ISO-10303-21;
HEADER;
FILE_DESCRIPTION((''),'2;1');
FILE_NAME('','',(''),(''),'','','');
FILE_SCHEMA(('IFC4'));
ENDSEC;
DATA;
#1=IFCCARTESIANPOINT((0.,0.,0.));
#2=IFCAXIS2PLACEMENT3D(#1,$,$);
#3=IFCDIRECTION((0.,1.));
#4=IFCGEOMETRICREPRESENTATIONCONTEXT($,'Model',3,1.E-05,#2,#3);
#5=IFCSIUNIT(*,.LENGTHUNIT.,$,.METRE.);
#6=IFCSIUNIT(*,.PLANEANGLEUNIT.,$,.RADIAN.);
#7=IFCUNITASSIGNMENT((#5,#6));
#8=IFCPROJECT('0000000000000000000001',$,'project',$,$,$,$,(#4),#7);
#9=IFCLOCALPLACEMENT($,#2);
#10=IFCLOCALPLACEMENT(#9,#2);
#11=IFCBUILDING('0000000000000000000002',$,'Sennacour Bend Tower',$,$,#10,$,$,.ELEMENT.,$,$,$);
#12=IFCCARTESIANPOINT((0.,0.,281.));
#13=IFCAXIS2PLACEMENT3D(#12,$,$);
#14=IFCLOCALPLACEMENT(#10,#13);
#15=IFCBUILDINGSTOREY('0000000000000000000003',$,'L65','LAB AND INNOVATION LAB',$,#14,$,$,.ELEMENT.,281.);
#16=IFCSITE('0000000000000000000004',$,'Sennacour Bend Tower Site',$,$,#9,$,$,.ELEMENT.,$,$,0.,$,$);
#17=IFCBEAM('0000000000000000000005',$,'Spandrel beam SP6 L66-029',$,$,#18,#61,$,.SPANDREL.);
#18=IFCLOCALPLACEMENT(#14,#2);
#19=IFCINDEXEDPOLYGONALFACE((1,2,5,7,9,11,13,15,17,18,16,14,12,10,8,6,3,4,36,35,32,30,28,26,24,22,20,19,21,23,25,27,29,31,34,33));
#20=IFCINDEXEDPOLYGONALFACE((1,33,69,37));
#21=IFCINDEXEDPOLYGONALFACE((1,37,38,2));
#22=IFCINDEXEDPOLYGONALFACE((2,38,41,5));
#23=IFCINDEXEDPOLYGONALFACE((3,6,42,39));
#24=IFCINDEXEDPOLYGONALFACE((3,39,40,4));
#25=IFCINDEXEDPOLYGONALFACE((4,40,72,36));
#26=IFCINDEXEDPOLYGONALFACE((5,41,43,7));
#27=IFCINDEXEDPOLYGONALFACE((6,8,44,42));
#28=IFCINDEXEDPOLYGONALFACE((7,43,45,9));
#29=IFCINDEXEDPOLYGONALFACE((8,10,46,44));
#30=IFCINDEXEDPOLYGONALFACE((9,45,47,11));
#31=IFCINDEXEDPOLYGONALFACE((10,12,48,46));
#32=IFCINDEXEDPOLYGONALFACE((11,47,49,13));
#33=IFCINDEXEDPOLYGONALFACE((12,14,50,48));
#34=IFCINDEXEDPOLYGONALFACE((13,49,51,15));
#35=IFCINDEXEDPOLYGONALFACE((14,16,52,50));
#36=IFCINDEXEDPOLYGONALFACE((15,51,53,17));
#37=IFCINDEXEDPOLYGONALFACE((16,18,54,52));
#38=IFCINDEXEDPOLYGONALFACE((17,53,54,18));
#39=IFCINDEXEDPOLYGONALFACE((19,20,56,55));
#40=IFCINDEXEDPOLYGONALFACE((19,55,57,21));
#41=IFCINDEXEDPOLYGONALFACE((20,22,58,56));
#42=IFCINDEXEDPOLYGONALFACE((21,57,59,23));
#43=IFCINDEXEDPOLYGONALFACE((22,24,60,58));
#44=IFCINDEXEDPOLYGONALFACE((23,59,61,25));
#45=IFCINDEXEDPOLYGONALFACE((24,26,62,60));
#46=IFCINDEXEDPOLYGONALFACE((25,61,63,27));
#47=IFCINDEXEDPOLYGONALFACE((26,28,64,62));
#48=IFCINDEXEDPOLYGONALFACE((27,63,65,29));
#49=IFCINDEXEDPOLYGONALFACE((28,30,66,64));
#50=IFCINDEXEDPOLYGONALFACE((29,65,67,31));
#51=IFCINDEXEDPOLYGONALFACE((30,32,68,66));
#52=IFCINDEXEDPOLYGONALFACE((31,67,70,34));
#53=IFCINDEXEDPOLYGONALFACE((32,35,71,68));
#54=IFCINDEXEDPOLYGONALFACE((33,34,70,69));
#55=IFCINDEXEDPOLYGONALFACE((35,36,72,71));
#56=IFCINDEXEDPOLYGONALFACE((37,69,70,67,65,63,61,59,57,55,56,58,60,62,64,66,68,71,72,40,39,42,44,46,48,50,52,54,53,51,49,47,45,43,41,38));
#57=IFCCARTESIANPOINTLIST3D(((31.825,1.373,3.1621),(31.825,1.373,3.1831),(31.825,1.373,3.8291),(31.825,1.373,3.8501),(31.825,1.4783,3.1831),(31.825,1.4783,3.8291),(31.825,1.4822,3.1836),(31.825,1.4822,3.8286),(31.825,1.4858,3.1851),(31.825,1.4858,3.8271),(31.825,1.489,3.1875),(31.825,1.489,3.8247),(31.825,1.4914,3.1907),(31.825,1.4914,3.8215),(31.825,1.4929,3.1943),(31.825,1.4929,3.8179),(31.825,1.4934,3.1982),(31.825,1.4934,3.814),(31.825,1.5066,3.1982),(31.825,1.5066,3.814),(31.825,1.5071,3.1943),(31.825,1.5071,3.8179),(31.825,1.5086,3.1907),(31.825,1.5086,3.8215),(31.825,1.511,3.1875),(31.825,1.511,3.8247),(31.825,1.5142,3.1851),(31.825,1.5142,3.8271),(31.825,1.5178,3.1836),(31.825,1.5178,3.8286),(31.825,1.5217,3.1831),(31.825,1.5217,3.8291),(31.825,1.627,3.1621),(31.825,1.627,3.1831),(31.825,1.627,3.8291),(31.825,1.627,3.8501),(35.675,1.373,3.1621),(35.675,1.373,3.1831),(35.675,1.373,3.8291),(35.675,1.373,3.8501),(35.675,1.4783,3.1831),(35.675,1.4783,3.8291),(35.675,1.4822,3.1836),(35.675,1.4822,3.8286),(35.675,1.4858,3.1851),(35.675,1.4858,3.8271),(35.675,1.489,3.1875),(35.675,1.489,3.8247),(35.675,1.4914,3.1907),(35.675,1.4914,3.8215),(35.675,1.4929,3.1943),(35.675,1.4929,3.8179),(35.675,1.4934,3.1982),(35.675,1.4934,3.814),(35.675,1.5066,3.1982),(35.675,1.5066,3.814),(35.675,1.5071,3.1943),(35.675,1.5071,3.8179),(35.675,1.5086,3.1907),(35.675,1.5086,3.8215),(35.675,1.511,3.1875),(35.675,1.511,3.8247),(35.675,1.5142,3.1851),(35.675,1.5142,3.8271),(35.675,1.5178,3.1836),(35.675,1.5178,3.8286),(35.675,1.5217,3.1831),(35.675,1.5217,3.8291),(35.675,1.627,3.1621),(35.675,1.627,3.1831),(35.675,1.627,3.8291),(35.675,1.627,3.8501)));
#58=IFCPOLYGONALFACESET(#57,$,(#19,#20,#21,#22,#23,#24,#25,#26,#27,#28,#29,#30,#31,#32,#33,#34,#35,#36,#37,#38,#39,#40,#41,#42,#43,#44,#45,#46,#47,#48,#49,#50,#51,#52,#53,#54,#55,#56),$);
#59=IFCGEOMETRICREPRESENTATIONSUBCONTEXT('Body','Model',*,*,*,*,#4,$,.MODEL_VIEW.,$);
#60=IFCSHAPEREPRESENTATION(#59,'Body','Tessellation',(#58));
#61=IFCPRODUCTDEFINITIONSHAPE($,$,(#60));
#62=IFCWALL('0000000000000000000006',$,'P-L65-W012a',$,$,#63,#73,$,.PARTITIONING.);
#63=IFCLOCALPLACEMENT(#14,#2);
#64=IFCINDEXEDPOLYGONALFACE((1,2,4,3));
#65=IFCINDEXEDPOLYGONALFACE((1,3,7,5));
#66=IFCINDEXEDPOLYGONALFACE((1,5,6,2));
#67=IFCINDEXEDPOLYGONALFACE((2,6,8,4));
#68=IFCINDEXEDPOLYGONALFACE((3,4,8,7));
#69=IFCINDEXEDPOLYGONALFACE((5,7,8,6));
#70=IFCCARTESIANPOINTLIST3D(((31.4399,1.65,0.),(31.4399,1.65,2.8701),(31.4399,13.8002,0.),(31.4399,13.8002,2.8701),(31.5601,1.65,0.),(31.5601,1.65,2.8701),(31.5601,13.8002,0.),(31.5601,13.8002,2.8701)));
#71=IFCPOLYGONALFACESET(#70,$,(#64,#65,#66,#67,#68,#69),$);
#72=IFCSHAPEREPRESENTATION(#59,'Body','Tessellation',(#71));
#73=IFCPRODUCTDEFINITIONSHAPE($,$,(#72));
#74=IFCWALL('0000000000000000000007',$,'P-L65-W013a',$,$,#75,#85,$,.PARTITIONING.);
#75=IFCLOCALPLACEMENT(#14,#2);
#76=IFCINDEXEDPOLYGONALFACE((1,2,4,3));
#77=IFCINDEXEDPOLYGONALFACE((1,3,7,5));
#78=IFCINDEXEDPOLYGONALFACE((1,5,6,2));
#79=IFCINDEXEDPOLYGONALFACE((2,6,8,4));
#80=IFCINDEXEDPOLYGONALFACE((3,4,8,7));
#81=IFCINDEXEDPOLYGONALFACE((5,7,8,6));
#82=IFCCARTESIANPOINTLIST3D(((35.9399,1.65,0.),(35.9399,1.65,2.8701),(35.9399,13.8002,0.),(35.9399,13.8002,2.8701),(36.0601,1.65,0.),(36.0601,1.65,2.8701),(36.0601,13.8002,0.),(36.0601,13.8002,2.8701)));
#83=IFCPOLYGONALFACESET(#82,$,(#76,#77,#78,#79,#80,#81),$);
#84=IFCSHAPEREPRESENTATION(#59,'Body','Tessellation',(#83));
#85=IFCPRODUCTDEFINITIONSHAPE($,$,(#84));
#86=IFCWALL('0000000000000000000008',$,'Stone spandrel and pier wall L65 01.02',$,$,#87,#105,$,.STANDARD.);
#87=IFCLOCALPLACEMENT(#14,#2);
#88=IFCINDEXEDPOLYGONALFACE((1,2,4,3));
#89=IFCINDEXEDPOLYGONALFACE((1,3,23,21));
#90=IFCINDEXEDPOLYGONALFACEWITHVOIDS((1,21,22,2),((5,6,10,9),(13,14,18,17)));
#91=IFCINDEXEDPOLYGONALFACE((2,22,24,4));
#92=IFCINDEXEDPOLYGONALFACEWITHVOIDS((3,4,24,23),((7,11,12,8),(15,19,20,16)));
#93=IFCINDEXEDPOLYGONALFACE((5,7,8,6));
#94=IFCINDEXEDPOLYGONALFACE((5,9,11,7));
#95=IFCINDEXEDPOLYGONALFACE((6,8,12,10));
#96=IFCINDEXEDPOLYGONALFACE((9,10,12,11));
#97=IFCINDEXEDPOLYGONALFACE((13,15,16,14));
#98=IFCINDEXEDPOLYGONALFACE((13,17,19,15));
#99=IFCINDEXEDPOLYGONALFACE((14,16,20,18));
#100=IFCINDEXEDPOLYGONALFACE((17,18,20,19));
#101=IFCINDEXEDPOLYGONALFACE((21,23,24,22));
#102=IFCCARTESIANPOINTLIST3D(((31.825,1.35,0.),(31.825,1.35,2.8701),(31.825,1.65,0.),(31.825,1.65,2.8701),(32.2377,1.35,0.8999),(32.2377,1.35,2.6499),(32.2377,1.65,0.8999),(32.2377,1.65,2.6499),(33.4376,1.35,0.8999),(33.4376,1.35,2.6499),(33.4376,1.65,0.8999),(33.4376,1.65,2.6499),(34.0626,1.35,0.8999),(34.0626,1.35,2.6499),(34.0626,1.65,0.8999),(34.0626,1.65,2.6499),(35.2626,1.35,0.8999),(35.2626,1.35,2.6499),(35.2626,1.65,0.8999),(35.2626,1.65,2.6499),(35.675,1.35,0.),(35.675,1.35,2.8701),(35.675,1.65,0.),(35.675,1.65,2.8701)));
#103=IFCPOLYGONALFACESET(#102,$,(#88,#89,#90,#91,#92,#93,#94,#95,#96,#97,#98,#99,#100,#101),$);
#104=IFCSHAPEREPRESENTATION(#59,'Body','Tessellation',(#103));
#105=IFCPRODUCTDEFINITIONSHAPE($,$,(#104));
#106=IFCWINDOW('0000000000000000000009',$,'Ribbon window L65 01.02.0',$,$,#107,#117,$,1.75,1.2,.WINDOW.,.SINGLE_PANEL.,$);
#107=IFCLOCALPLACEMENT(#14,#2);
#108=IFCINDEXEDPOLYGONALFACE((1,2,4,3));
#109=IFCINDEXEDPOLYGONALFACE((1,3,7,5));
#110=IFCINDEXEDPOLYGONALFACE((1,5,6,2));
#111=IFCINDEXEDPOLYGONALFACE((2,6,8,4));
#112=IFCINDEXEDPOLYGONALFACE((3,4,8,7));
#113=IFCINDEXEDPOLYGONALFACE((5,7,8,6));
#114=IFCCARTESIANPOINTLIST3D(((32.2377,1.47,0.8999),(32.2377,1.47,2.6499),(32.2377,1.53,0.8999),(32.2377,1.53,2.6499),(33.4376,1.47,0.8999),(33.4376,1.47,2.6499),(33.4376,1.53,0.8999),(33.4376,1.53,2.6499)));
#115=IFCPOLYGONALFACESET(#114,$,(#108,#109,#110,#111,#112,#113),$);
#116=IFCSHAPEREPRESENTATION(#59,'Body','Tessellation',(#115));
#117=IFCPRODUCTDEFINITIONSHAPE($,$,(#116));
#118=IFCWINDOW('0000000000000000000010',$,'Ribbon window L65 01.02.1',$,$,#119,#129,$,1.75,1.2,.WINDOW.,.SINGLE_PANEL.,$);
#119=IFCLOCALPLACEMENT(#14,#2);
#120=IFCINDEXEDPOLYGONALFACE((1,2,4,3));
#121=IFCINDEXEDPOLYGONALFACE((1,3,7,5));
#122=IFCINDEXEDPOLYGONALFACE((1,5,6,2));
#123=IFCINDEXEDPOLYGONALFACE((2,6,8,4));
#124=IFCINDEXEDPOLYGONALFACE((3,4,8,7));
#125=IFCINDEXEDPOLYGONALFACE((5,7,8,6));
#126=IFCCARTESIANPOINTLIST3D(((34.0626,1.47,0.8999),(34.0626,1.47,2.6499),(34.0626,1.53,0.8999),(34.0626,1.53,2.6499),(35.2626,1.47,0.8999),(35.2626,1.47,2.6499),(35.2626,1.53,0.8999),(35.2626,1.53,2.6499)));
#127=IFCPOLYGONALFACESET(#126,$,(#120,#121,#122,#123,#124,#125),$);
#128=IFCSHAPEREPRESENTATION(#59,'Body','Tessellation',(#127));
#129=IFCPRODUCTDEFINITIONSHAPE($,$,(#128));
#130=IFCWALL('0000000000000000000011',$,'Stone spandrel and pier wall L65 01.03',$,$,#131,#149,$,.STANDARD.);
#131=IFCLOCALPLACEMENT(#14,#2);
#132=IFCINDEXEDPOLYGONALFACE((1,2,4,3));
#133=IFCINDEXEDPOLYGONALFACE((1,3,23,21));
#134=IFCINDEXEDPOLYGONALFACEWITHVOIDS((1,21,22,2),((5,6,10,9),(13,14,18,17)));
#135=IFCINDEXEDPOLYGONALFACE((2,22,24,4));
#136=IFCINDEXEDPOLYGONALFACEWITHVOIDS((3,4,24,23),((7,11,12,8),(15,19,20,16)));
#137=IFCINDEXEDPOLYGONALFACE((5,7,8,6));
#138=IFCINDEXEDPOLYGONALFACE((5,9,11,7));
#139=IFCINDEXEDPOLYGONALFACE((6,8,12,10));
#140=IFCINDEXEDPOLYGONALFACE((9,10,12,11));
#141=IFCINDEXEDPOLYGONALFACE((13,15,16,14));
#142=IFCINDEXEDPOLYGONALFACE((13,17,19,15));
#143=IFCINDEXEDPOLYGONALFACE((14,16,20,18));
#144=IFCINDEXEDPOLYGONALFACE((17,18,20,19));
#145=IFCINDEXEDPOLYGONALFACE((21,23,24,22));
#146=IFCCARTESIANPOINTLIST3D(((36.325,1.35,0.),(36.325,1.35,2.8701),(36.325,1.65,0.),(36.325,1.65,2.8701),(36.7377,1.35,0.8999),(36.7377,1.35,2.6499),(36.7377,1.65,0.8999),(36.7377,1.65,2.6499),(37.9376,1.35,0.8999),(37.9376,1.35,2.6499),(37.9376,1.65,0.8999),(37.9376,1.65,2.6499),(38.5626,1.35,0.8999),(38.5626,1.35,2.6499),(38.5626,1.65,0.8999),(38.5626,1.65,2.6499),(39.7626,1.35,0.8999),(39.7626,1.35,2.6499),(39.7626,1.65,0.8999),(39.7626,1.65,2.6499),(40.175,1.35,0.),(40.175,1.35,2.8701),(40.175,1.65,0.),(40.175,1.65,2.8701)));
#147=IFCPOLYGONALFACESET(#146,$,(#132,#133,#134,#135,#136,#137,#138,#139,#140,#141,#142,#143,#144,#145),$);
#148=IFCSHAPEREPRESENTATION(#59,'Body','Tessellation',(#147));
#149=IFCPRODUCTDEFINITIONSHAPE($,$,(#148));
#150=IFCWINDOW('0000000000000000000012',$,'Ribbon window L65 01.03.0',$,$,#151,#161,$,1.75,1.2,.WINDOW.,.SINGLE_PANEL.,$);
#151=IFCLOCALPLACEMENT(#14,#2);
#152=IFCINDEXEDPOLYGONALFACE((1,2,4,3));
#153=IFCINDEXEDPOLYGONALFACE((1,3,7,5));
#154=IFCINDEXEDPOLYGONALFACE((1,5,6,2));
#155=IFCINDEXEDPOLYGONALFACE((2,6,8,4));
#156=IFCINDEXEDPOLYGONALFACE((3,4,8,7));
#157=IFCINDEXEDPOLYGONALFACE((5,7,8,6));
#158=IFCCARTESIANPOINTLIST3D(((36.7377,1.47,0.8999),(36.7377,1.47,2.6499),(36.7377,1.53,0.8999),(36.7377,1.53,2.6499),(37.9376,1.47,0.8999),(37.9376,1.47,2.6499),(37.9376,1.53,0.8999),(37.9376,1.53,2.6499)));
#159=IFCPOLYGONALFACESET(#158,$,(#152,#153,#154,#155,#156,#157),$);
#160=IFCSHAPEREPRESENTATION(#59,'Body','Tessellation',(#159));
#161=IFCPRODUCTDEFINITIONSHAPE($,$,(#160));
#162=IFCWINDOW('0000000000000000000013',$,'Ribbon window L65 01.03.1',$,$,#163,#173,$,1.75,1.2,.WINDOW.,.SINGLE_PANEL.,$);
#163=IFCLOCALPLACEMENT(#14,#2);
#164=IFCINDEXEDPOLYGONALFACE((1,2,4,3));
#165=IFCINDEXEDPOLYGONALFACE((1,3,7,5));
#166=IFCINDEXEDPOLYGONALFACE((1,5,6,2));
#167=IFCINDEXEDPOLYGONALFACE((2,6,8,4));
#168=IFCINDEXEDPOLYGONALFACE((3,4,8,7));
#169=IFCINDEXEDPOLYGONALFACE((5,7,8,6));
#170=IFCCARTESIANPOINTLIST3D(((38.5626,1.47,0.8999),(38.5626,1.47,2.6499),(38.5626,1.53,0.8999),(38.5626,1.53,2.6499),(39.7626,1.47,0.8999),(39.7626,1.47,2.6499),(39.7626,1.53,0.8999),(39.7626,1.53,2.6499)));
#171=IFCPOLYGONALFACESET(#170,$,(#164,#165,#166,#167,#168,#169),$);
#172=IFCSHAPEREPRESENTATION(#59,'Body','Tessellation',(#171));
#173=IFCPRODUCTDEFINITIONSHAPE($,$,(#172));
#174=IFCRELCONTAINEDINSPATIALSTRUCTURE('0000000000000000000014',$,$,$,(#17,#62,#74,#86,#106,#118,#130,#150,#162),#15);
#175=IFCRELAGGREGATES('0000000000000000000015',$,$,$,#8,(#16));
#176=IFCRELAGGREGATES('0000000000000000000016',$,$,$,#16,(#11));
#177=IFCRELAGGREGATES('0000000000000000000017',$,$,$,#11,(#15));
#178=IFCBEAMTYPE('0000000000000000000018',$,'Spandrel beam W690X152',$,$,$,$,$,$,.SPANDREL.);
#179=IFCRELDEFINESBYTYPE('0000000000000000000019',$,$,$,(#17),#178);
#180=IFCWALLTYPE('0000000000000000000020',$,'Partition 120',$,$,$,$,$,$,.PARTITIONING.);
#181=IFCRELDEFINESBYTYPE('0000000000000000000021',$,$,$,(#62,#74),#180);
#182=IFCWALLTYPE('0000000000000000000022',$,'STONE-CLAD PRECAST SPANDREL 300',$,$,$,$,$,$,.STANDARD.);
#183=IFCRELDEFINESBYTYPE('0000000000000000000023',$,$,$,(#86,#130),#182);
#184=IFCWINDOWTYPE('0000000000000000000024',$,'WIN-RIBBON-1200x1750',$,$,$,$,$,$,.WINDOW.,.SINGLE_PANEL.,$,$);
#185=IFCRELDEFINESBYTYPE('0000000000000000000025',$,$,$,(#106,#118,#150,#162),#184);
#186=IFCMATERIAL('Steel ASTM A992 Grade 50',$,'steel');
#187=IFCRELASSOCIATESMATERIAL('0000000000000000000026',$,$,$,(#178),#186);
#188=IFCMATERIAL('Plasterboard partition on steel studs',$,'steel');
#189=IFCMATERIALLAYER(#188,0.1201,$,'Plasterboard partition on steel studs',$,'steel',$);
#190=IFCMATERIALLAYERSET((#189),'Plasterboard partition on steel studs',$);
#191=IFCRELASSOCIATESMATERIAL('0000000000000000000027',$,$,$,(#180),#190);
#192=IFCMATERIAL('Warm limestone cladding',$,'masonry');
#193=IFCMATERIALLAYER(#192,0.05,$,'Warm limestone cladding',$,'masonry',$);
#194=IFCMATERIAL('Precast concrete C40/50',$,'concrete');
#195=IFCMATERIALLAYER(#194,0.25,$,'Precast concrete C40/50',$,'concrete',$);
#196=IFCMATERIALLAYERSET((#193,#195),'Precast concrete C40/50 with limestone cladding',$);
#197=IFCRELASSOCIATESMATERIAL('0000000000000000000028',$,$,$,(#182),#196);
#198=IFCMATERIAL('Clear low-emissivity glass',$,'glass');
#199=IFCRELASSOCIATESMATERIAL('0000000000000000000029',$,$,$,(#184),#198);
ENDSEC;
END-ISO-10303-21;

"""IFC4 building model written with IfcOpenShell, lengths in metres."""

from ifc_helpers import new_model, si_unit, direction, frame, frame_2d, origin, origin_2d, place, context, subcontext, project, spatial, rectangle, i_section, extrude, material, layer, layer_set, material_profile, profile_set, type_object, element, fill, save


model = new_model("IFC4")

# Units and contexts
model_context = context("Model", 3, precision=1e-05, world=origin(), true_north=direction((0.0, 1.0)))
body_context = subcontext(model_context, "Body", "Model", "MODEL_VIEW")
ifc_project = project(units=[si_unit("LENGTHUNIT", "METRE"), si_unit("PLANEANGLEUNIT", "RADIAN")], contexts=[model_context])

# Site, building, storey
site_placement = place(None, origin())
site = spatial("IfcSite", under=ifc_project, at=site_placement, Name="Sennacour Bend Tower Site", CompositionType="ELEMENT", RefElevation=0.0)
building_placement = place(site_placement, origin())
building = spatial("IfcBuilding", under=site, at=building_placement, Name="Sennacour Bend Tower", CompositionType="ELEMENT")
storey_placement = place(building_placement, frame((0.0, 0.0, 281.0)))
storey = spatial("IfcBuildingStorey", under=building, at=storey_placement, Name="L65", Description="LAB AND INNOVATION LAB", CompositionType="ELEMENT", Elevation=281.0)

# Beam
ifc_material_1 = material(Name="Steel ASTM A992 Grade 50", Category="steel")
ifc_material_profile_1 = material_profile(ifc_material_1, i_section(OverallWidth=0.2539, OverallDepth=0.688, WebThickness=0.0132, FlangeThickness=0.021, FilletRadius=0.0151, at=origin_2d()), Name="Steel ASTM A992 Grade 50", Category="steel")
ifc_profile_set_1 = profile_set([ifc_material_profile_1], Name="Steel ASTM A992 Grade 50")
beam_type_1 = type_object("IfcBeamType", Name="Spandrel beam W690X152", PredefinedType="SPANDREL", material=ifc_profile_set_1)
for number, where, z_axis, x_axis, name in (
    (1, (35.675, 1.5, 3.5061), (-1.0, 0.0, 0.0), (0.0, -1.0, 0.0), "Spandrel beam SP6 L66-029"),
):
    element("IfcBeam", number, at=place(storey_placement, frame(where, z_axis=z_axis, x_axis=x_axis)), inside=storey, type_object=beam_type_1, Name=name, PredefinedType="SPANDREL", context=body_context, shape_type="SweptSolid", body=[
        extrude(i_section(OverallWidth=0.2539, OverallDepth=0.688, WebThickness=0.0132, FlangeThickness=0.021, FilletRadius=0.0151, at=origin_2d()), origin(), (0.0, 0.0, 1.0), 3.8501),
    ])

# Walls
ifc_material_2 = material(Name="Plasterboard partition on steel studs", Category="steel")
ifc_layer_1 = layer(ifc_material_2, 0.1201, Name="Plasterboard partition on steel studs", Category="steel")
ifc_layer_set_1 = layer_set([ifc_layer_1], Name="Plasterboard partition on steel studs")
wall_type_1 = type_object("IfcWallType", Name="Partition 120", PredefinedType="PARTITIONING", material=ifc_layer_set_1)
for number, where, z_axis, x_axis, name in (
    (2, (31.5, 1.6499, 0.0), (0.0, 0.0, 1.0), (0.0, 1.0, 0.0), "P-L65-W012a"),
    (3, (36.0, 1.6499, 0.0), (0.0, 0.0, 1.0), (0.0, 1.0, 0.0), "P-L65-W013a"),
):
    element("IfcWall", number, at=place(storey_placement, frame(where, z_axis=z_axis, x_axis=x_axis)), inside=storey, type_object=wall_type_1, Name=name, PredefinedType="PARTITIONING", context=body_context, shape_type="SweptSolid", body=[
        extrude(rectangle(XDim=12.1501, YDim=0.1201, at=frame_2d((6.0752, 0.0))), origin(), (0.0, 0.0, 1.0), 2.8701),
    ])

# Walls, openings, windows
ifc_material_3 = material(Name="Warm limestone cladding", Category="masonry")
ifc_layer_2 = layer(ifc_material_3, 0.05, Name="Warm limestone cladding", Category="masonry")
ifc_material_4 = material(Name="Precast concrete C40/50", Category="concrete")
ifc_layer_3 = layer(ifc_material_4, 0.25, Name="Precast concrete C40/50", Category="concrete")
ifc_layer_set_2 = layer_set([ifc_layer_2, ifc_layer_3], Name="Precast concrete C40/50 with limestone cladding")
wall_type_2 = type_object("IfcWallType", Name="STONE-CLAD PRECAST SPANDREL 300", PredefinedType="STANDARD", material=ifc_layer_set_2)
wall_1_placement = place(storey_placement, frame((31.825, 1.5, 0.0), z_axis=(0.0, 0.0, 1.0), x_axis=(1.0, 0.0, 0.0)))
wall_1 = element("IfcWall", 4, at=wall_1_placement, inside=storey, type_object=wall_type_2, Name="Stone spandrel and pier wall L65 01.02", PredefinedType="STANDARD", context=body_context, shape_type="SweptSolid", body=[
    extrude(rectangle(XDim=3.8501, YDim=0.3, at=frame_2d((1.925, 0.0))), origin(), (0.0, 0.0, 1.0), 2.8701),
])
opening_1_placement = place(wall_1_placement, frame((0.4126, 0.0, 0.8999)))
opening_1 = element("IfcOpeningElement", 5, at=opening_1_placement, cuts=wall_1, PredefinedType="OPENING", context=body_context, shape_type="SweptSolid", body=[
    extrude(rectangle(XDim=1.2, YDim=1.75, at=frame_2d((0.6001, 0.875))), frame((0.0, 0.1602, 0.0), z_axis=(0.0, -1.0, 0.0), x_axis=(1.0, 0.0, 0.0)), (0.0, 0.0, 1.0), 0.3201),
])
opening_2_placement = place(wall_1_placement, frame((2.2375, 0.0, 0.8999)))
opening_2 = element("IfcOpeningElement", 6, at=opening_2_placement, cuts=wall_1, PredefinedType="OPENING", context=body_context, shape_type="SweptSolid", body=[
    extrude(rectangle(XDim=1.2, YDim=1.75, at=frame_2d((0.6001, 0.875))), frame((0.0, 0.1602, 0.0), z_axis=(0.0, -1.0, 0.0), x_axis=(1.0, 0.0, 0.0)), (0.0, 0.0, 1.0), 0.3201),
])
ifc_material_5 = material(Name="Clear low-emissivity glass", Category="glass")
window_type = type_object("IfcWindowType", Name="WIN-RIBBON-1200x1750", PartitioningType="SINGLE_PANEL", PredefinedType="WINDOW", material=ifc_material_5)
window_1_placement = place(opening_1_placement, origin())
window_1 = element("IfcWindow", 7, at=window_1_placement, inside=storey, type_object=window_type, Name="Ribbon window L65 01.02.0", OverallHeight=1.75, OverallWidth=1.2, PartitioningType="SINGLE_PANEL", PredefinedType="WINDOW", context=body_context, shape_type="SweptSolid", body=[
    extrude(rectangle(XDim=1.2, YDim=1.75, at=frame_2d((0.6001, 0.875))), frame((0.0, 0.03, 0.0), z_axis=(0.0, -1.0, 0.0), x_axis=(1.0, 0.0, 0.0)), (0.0, 0.0, 1.0), 0.0601),
])
fill(opening_1, window_1)
window_2_placement = place(opening_2_placement, origin())
window_2 = element("IfcWindow", 8, at=window_2_placement, inside=storey, type_object=window_type, Name="Ribbon window L65 01.02.1", OverallHeight=1.75, OverallWidth=1.2, PartitioningType="SINGLE_PANEL", PredefinedType="WINDOW", context=body_context, shape_type="SweptSolid", body=[
    extrude(rectangle(XDim=1.2, YDim=1.75, at=frame_2d((0.6001, 0.875))), frame((0.0, 0.03, 0.0), z_axis=(0.0, -1.0, 0.0), x_axis=(1.0, 0.0, 0.0)), (0.0, 0.0, 1.0), 0.0601),
])
fill(opening_2, window_2)
wall_2_placement = place(storey_placement, frame((36.325, 1.5, 0.0), z_axis=(0.0, 0.0, 1.0), x_axis=(1.0, 0.0, 0.0)))
wall_2 = element("IfcWall", 9, at=wall_2_placement, inside=storey, type_object=wall_type_2, Name="Stone spandrel and pier wall L65 01.03", PredefinedType="STANDARD", context=body_context, shape_type="SweptSolid", body=[
    extrude(rectangle(XDim=3.8501, YDim=0.3, at=frame_2d((1.925, 0.0))), origin(), (0.0, 0.0, 1.0), 2.8701),
])
opening_3_placement = place(wall_2_placement, frame((0.4126, 0.0, 0.8999)))
opening_3 = element("IfcOpeningElement", 10, at=opening_3_placement, cuts=wall_2, PredefinedType="OPENING", context=body_context, shape_type="SweptSolid", body=[
    extrude(rectangle(XDim=1.2, YDim=1.75, at=frame_2d((0.6001, 0.875))), frame((0.0, 0.1602, 0.0), z_axis=(0.0, -1.0, 0.0), x_axis=(1.0, 0.0, 0.0)), (0.0, 0.0, 1.0), 0.3201),
])
opening_4_placement = place(wall_2_placement, frame((2.2375, 0.0, 0.8999)))
opening_4 = element("IfcOpeningElement", 11, at=opening_4_placement, cuts=wall_2, PredefinedType="OPENING", context=body_context, shape_type="SweptSolid", body=[
    extrude(rectangle(XDim=1.2, YDim=1.75, at=frame_2d((0.6001, 0.875))), frame((0.0, 0.1602, 0.0), z_axis=(0.0, -1.0, 0.0), x_axis=(1.0, 0.0, 0.0)), (0.0, 0.0, 1.0), 0.3201),
])
window_3_placement = place(opening_3_placement, origin())
window_3 = element("IfcWindow", 12, at=window_3_placement, inside=storey, type_object=window_type, Name="Ribbon window L65 01.03.0", OverallHeight=1.75, OverallWidth=1.2, PartitioningType="SINGLE_PANEL", PredefinedType="WINDOW", context=body_context, shape_type="SweptSolid", body=[
    extrude(rectangle(XDim=1.2, YDim=1.75, at=frame_2d((0.6001, 0.875))), frame((0.0, 0.03, 0.0), z_axis=(0.0, -1.0, 0.0), x_axis=(1.0, 0.0, 0.0)), (0.0, 0.0, 1.0), 0.0601),
])
fill(opening_3, window_3)
window_4_placement = place(opening_4_placement, origin())
window_4 = element("IfcWindow", 13, at=window_4_placement, inside=storey, type_object=window_type, Name="Ribbon window L65 01.03.1", OverallHeight=1.75, OverallWidth=1.2, PartitioningType="SINGLE_PANEL", PredefinedType="WINDOW", context=body_context, shape_type="SweptSolid", body=[
    extrude(rectangle(XDim=1.2, YDim=1.75, at=frame_2d((0.6001, 0.875))), frame((0.0, 0.03, 0.0), z_axis=(0.0, -1.0, 0.0), x_axis=(1.0, 0.0, 0.0)), (0.0, 0.0, 1.0), 0.0601),
])
fill(opening_4, window_4)

save(model, "model.ifc")
